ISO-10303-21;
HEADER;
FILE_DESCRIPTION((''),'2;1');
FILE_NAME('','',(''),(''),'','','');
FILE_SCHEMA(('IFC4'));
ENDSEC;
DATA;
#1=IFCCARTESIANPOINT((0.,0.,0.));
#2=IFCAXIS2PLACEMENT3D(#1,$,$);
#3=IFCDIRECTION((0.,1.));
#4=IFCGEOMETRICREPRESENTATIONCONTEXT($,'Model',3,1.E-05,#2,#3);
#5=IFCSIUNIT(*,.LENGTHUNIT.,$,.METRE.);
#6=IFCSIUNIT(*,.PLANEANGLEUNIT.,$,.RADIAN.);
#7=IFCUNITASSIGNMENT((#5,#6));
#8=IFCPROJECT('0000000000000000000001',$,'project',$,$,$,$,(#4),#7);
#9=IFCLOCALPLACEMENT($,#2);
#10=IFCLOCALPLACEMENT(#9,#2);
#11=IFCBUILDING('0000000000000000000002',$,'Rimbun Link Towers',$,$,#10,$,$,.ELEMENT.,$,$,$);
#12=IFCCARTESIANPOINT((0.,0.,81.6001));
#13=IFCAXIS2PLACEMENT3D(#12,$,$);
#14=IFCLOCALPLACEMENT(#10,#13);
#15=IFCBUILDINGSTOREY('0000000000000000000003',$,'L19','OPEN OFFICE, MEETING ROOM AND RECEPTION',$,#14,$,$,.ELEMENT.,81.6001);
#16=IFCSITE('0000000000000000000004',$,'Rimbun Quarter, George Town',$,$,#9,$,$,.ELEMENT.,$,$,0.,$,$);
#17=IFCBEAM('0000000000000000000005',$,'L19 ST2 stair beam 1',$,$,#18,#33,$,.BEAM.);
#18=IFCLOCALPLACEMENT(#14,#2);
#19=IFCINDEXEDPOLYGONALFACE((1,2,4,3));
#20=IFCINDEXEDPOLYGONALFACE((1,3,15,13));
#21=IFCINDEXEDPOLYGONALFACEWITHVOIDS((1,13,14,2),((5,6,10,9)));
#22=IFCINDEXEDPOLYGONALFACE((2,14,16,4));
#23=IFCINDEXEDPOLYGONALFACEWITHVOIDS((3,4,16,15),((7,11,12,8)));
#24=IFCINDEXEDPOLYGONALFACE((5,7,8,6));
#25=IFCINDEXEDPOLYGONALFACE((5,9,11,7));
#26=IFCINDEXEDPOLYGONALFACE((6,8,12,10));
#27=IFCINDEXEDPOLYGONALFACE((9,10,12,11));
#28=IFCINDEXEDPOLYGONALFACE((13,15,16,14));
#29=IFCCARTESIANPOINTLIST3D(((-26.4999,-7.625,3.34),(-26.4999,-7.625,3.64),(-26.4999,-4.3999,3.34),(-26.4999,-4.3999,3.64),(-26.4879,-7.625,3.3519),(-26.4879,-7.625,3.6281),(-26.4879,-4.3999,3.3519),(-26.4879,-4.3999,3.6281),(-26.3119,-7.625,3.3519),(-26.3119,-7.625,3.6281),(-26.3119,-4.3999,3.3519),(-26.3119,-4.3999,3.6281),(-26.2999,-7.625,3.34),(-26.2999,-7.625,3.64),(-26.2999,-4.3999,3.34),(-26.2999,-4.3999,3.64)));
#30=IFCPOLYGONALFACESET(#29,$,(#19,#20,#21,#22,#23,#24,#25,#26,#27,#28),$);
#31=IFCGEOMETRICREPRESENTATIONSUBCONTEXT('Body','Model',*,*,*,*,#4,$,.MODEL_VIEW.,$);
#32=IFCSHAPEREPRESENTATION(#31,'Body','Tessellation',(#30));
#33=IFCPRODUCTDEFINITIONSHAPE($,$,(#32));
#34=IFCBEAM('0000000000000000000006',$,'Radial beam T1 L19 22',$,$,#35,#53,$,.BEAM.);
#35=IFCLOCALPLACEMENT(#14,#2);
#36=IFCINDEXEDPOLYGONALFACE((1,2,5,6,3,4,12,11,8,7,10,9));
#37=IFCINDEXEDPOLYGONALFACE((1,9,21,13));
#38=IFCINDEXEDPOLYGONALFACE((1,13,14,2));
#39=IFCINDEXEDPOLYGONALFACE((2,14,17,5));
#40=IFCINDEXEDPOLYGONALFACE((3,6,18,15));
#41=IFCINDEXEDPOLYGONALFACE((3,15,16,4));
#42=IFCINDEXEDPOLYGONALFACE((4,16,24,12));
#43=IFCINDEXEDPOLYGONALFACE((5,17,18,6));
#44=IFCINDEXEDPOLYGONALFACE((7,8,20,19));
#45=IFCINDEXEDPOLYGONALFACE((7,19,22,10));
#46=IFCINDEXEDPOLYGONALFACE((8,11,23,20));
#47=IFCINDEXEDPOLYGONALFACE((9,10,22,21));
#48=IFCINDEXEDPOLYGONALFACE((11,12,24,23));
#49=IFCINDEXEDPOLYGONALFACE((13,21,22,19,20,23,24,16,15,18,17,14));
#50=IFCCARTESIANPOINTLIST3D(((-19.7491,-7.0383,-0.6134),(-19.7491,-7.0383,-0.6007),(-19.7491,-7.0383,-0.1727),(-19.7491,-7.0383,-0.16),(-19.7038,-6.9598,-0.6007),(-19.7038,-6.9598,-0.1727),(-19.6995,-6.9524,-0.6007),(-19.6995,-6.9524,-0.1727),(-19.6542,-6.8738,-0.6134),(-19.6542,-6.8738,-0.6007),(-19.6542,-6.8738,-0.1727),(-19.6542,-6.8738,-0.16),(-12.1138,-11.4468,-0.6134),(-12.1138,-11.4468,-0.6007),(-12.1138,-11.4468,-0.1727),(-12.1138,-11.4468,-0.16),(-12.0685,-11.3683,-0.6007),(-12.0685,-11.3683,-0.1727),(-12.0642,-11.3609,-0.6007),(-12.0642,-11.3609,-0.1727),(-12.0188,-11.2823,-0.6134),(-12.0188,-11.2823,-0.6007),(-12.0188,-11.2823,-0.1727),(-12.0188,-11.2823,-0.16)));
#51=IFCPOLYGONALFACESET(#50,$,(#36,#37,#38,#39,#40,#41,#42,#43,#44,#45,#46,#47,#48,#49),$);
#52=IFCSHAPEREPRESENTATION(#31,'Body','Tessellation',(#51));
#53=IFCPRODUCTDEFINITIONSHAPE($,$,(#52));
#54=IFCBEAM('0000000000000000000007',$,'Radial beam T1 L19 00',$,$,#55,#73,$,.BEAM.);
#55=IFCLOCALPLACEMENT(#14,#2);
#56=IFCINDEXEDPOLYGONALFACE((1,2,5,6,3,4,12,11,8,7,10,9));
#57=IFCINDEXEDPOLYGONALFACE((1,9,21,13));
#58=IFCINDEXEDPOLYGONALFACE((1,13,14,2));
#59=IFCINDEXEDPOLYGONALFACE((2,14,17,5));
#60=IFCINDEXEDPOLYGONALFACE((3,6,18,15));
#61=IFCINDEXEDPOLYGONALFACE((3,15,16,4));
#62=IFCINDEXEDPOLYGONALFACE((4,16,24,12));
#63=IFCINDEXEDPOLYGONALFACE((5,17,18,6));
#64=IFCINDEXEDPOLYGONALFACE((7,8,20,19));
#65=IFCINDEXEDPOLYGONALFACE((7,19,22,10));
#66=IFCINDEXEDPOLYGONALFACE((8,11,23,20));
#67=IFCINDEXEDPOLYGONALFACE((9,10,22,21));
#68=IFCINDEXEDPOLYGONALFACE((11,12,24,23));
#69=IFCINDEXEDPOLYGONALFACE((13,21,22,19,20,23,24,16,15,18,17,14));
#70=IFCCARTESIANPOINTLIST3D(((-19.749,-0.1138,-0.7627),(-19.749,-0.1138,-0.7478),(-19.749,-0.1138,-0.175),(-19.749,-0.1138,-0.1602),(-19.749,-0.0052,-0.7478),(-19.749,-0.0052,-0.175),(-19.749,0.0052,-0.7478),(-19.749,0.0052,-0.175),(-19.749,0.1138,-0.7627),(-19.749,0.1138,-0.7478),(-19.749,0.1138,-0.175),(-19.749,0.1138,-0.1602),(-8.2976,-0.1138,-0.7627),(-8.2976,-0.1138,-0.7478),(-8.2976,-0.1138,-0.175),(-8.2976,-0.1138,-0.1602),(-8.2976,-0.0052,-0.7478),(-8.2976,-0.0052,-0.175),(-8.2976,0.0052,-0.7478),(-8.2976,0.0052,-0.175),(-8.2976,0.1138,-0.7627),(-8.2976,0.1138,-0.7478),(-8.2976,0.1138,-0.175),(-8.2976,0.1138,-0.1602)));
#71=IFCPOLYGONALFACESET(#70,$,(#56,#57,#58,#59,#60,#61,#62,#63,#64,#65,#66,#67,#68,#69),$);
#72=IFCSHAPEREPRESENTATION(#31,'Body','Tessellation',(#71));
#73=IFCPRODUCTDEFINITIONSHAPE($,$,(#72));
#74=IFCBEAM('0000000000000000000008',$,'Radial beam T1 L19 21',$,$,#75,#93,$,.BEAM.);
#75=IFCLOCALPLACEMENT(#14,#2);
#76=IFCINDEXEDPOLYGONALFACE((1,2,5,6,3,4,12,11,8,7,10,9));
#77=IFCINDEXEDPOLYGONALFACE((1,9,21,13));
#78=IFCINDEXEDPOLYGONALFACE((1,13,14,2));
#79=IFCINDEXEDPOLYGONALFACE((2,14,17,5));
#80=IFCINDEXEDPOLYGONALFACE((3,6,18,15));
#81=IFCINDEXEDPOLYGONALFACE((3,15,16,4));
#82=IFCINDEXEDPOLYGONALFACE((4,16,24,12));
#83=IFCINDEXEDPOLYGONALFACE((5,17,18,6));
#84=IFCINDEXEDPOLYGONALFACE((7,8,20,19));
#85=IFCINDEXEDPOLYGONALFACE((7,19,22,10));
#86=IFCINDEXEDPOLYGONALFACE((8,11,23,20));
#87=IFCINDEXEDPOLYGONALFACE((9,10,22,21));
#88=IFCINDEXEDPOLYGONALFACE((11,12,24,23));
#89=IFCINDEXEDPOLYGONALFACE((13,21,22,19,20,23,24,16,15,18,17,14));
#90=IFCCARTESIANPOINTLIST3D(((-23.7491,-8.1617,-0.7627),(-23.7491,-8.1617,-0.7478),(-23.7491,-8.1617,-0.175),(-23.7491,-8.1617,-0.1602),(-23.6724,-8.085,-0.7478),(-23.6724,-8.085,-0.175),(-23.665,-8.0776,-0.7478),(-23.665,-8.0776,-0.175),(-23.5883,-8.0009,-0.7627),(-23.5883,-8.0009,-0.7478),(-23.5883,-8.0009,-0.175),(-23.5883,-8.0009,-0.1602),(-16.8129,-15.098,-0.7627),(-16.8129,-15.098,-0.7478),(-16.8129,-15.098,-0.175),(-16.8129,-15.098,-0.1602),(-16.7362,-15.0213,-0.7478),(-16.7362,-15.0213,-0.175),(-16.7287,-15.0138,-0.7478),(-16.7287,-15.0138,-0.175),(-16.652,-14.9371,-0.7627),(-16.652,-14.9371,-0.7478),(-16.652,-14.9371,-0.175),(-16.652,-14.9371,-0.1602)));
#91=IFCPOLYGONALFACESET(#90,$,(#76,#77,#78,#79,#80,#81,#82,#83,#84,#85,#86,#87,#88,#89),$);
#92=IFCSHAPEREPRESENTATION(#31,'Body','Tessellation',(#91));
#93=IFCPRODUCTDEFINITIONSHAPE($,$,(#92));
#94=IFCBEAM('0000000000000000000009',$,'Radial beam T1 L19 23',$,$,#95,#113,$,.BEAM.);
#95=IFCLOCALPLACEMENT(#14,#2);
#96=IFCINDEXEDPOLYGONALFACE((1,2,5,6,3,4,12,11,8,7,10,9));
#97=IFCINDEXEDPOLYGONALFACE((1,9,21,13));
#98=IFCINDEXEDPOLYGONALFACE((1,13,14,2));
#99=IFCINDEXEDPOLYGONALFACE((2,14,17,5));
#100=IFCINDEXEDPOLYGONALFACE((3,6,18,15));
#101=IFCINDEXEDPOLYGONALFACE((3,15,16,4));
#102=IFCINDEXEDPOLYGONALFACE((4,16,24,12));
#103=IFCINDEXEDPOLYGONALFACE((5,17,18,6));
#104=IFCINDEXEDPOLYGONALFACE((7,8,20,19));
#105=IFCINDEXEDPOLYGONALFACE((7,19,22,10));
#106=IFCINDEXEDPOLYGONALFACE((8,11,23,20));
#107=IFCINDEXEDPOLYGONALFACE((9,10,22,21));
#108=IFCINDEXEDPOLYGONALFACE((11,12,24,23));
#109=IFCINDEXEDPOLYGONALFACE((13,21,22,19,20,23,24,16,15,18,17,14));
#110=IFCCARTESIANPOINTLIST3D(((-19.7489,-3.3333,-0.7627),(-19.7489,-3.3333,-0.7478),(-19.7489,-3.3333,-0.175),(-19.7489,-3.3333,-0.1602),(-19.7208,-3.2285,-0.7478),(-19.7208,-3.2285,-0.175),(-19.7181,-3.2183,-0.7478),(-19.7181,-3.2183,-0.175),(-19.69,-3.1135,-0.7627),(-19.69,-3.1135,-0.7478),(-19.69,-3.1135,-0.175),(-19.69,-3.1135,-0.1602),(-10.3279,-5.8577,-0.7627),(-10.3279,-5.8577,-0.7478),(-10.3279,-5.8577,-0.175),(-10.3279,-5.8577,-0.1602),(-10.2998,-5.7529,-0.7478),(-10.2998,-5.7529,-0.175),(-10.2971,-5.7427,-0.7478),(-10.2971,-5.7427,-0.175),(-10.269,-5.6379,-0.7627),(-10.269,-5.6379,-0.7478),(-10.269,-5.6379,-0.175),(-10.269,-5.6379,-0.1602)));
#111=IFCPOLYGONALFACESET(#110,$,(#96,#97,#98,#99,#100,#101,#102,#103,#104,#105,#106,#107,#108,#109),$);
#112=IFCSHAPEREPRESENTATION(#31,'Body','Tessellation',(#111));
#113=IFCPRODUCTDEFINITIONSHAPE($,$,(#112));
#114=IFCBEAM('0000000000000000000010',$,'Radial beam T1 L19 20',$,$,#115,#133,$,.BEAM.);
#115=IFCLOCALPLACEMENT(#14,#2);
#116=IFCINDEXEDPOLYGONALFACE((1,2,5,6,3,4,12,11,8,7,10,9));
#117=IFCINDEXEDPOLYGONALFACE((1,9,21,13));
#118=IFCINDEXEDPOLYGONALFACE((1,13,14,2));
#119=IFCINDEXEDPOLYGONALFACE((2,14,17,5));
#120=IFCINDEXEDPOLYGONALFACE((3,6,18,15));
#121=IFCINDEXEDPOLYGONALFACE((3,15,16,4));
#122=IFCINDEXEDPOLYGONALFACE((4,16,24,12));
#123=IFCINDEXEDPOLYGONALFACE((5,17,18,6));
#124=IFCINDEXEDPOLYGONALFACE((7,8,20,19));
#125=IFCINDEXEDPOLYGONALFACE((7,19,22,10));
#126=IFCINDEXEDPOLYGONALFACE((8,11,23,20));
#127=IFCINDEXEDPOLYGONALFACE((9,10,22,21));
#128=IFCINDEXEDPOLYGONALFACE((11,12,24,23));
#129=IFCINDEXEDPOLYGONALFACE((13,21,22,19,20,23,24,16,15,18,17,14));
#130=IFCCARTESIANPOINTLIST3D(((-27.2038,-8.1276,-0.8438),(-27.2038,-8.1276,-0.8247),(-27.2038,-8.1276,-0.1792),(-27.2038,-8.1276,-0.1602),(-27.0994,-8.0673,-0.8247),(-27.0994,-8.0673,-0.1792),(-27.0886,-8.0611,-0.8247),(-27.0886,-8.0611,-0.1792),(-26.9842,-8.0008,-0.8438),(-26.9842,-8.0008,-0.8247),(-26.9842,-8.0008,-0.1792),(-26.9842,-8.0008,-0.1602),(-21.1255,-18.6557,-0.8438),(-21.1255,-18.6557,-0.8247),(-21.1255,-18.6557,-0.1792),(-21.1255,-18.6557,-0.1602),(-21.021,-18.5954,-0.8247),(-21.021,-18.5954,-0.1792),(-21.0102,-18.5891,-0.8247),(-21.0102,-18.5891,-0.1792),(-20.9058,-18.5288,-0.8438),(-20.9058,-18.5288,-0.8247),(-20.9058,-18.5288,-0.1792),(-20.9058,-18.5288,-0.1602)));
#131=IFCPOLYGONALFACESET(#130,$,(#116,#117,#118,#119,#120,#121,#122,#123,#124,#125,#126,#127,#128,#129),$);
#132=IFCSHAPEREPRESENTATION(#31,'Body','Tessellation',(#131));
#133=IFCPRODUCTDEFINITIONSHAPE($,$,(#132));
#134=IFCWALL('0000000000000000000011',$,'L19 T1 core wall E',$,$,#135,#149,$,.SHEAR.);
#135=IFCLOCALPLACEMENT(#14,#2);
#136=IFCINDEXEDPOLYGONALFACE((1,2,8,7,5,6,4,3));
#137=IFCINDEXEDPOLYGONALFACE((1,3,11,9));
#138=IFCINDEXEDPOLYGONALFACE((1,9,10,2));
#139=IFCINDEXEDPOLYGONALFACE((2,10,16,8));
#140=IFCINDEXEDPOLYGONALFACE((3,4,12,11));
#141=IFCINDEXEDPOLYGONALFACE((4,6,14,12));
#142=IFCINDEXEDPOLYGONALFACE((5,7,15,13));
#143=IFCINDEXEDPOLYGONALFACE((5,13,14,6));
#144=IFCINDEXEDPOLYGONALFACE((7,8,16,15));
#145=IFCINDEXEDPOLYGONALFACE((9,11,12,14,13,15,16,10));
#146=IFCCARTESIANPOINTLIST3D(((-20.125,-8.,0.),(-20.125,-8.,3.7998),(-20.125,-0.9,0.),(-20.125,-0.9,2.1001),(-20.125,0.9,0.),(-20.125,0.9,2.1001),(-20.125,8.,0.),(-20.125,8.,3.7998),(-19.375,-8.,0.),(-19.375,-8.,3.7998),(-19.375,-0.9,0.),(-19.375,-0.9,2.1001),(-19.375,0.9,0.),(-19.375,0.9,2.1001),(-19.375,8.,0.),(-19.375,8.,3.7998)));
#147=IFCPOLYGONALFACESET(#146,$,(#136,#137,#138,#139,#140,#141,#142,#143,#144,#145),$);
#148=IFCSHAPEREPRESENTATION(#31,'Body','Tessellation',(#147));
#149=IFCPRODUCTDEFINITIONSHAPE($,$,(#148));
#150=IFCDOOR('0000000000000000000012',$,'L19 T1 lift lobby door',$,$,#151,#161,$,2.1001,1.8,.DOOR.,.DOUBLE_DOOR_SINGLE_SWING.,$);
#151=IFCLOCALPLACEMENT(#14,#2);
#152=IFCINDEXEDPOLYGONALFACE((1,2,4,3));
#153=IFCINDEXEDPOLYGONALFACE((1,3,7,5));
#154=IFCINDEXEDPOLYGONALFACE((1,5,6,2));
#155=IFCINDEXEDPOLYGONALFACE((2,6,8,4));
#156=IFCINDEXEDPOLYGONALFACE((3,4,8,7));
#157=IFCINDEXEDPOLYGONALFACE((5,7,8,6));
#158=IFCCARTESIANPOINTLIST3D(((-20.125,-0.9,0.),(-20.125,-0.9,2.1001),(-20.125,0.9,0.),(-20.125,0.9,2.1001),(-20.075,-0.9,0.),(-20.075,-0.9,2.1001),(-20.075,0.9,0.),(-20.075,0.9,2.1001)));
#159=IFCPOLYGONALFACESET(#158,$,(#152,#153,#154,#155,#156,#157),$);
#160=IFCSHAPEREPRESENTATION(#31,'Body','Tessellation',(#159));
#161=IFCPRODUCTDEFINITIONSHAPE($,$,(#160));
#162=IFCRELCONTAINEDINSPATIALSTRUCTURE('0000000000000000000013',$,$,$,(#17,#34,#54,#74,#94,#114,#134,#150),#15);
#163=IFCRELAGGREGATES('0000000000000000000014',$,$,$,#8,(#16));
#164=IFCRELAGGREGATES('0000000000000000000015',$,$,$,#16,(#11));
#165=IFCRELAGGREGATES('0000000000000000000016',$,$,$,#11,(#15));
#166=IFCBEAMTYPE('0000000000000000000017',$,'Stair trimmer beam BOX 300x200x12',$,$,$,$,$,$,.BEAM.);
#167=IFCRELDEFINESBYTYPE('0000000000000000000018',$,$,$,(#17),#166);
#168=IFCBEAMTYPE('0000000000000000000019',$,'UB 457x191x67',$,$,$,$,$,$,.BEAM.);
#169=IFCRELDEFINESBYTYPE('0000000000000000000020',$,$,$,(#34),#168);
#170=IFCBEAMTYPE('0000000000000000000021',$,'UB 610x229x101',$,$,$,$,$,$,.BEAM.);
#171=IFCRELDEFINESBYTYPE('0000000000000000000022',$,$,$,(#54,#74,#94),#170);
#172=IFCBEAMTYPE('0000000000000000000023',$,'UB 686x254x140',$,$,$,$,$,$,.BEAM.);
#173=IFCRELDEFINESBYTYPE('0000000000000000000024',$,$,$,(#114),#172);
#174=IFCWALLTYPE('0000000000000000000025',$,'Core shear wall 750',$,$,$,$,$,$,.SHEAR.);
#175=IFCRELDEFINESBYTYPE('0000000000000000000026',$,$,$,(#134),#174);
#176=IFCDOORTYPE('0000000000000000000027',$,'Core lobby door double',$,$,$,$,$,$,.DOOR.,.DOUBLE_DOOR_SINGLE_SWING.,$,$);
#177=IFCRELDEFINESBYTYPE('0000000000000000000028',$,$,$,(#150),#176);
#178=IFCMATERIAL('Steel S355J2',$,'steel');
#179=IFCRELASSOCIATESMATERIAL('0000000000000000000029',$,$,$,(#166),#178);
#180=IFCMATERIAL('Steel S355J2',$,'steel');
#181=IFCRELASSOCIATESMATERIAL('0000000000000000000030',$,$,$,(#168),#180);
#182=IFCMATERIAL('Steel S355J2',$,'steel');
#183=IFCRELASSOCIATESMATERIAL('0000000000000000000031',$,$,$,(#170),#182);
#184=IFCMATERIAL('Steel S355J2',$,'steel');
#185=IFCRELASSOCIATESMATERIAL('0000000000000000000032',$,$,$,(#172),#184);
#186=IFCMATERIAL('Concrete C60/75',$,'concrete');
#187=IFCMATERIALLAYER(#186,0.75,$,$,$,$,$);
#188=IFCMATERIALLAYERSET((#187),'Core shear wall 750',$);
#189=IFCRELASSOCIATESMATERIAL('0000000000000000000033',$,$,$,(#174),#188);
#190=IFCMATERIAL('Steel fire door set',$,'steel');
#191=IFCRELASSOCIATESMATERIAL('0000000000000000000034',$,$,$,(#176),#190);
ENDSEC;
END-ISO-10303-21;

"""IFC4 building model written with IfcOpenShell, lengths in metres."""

from ifc_helpers import new_model, si_unit, direction, frame, frame_2d, origin, origin_2d, place, context, subcontext, project, spatial, rectangle, hollow_rectangle, i_section, extrude, material, layer, layer_set, material_profile, profile_set, type_object, element, fill, save


model = new_model("IFC4")

# Units and contexts
model_context = context("Model", 3, precision=1e-05, world=origin(), true_north=direction((0.0, 1.0)))
body_context = subcontext(model_context, "Body", "Model", "MODEL_VIEW")
ifc_project = project(units=[si_unit("LENGTHUNIT", "METRE"), si_unit("PLANEANGLEUNIT", "RADIAN")], contexts=[model_context])

# Site, building, storey
site_placement = place(None, origin())
site = spatial("IfcSite", under=ifc_project, at=site_placement, Name="Rimbun Quarter, George Town", CompositionType="ELEMENT", RefElevation=0.0)
building_placement = place(site_placement, origin())
building = spatial("IfcBuilding", under=site, at=building_placement, Name="Rimbun Link Towers", CompositionType="ELEMENT")
storey_placement = place(building_placement, frame((0.0, 0.0, 81.6001)))
storey = spatial("IfcBuildingStorey", under=building, at=storey_placement, Name="L19", Description="OPEN OFFICE, MEETING ROOM AND RECEPTION", CompositionType="ELEMENT", Elevation=81.6001)

# Beams
ifc_material_1 = material(Name="Steel S355J2", Category="steel")
ifc_material_profile_1 = material_profile(ifc_material_1, hollow_rectangle(XDim=0.2, YDim=0.3, WallThickness=0.012, at=origin_2d()), Name="BOX 300x200x12")
ifc_profile_set_1 = profile_set([ifc_material_profile_1], Name="Steel S355J2")
beam_type_1 = type_object("IfcBeamType", Name="Stair trimmer beam BOX 300x200x12", PredefinedType="BEAM", material=ifc_profile_set_1)
beam_1_placement = place(storey_placement, frame((-26.3999, -7.625, 3.49), z_axis=(0.0, 1.0, 0.0), x_axis=(-1.0, 0.0, 0.0)))
element("IfcBeam", 1, at=beam_1_placement, inside=storey, type_object=beam_type_1, Name="L19 ST2 stair beam 1", PredefinedType="BEAM", context=body_context, shape_type="SweptSolid", body=[
    extrude(hollow_rectangle(XDim=0.2, YDim=0.3, WallThickness=0.012, at=origin_2d()), origin(), (0.0, 0.0, 1.0), 3.2251),
])
ifc_material_2 = material(Name="Steel S355J2", Category="steel")
ifc_material_profile_2 = material_profile(ifc_material_2, i_section(OverallWidth=0.1899, OverallDepth=0.4534, WebThickness=0.0085, FlangeThickness=0.0127, at=origin_2d()), Name="UB 457x191x67")
ifc_profile_set_2 = profile_set([ifc_material_profile_2], Name="Steel S355J2")
beam_type_2 = type_object("IfcBeamType", Name="UB 457x191x67", PredefinedType="BEAM", material=ifc_profile_set_2)
beam_2_placement = place(storey_placement, frame((-19.7017, -6.9561, -0.3867), z_axis=(0.866014, -0.50002, 0.0), x_axis=(0.50002, 0.866014, 0.0)))
element("IfcBeam", 2, at=beam_2_placement, inside=storey, type_object=beam_type_2, Name="Radial beam T1 L19 22", PredefinedType="BEAM", context=body_context, shape_type="SweptSolid", body=[
    extrude(i_section(OverallWidth=0.1899, OverallDepth=0.4534, WebThickness=0.0085, FlangeThickness=0.0127, at=origin_2d()), origin(), (0.0, 0.0, 1.0), 8.8167),
])
ifc_material_3 = material(Name="Steel S355J2", Category="steel")
ifc_material_profile_3 = material_profile(ifc_material_3, i_section(OverallWidth=0.2275, OverallDepth=0.6025, WebThickness=0.0105, FlangeThickness=0.0149, at=origin_2d()), Name="UB 610x229x101")
ifc_profile_set_3 = profile_set([ifc_material_profile_3], Name="Steel S355J2")
beam_type_3 = type_object("IfcBeamType", Name="UB 610x229x101", PredefinedType="BEAM", material=ifc_profile_set_3)
beam_3_placement = place(storey_placement, frame((-19.749, 0.0, -0.4614), z_axis=(1.0, 0.0, 0.0), x_axis=(0.0, 1.0, 0.0)))
element("IfcBeam", 3, at=beam_3_placement, inside=storey, type_object=beam_type_3, Name="Radial beam T1 L19 00", PredefinedType="BEAM", context=body_context, shape_type="SweptSolid", body=[
    extrude(i_section(OverallWidth=0.2275, OverallDepth=0.6025, WebThickness=0.0105, FlangeThickness=0.0149, at=origin_2d()), origin(), (0.0, 0.0, 1.0), 11.4514),
])
beam_4_placement = place(storey_placement, frame((-23.6687, -8.0813, -0.4614), z_axis=(0.707107, -0.707107, 0.0), x_axis=(0.707107, 0.707107, 0.0)))
element("IfcBeam", 4, at=beam_4_placement, inside=storey, type_object=beam_type_3, Name="Radial beam T1 L19 21", PredefinedType="BEAM", context=body_context, shape_type="SweptSolid", body=[
    extrude(i_section(OverallWidth=0.2275, OverallDepth=0.6025, WebThickness=0.0105, FlangeThickness=0.0149, at=origin_2d()), origin(), (0.0, 0.0, 1.0), 9.8093),
])
beam_5_placement = place(storey_placement, frame((-19.7195, -3.2234, -0.4614), z_axis=(0.965925, -0.258822, 0.0), x_axis=(0.258822, 0.965925, 0.0)))
element("IfcBeam", 5, at=beam_5_placement, inside=storey, type_object=beam_type_3, Name="Radial beam T1 L19 23", PredefinedType="BEAM", context=body_context, shape_type="SweptSolid", body=[
    extrude(i_section(OverallWidth=0.2275, OverallDepth=0.6025, WebThickness=0.0105, FlangeThickness=0.0149, at=origin_2d()), origin(), (0.0, 0.0, 1.0), 9.7534),
])
ifc_material_4 = material(Name="Steel S355J2", Category="steel")
ifc_material_profile_4 = material_profile(ifc_material_4, i_section(OverallWidth=0.2537, OverallDepth=0.6836, WebThickness=0.0125, FlangeThickness=0.019, at=origin_2d()), Name="UB 686x254x140")
ifc_profile_set_4 = profile_set([ifc_material_profile_4], Name="Steel S355J2")
beam_type_4 = type_object("IfcBeamType", Name="UB 686x254x140", PredefinedType="BEAM", material=ifc_profile_set_4)
beam_6_placement = place(storey_placement, frame((-27.094, -8.0642, -0.502), z_axis=(0.499999, -0.866026, 0.0), x_axis=(0.866026, 0.499999, 0.0)))
element("IfcBeam", 6, at=beam_6_placement, inside=storey, type_object=beam_type_4, Name="Radial beam T1 L19 20", PredefinedType="BEAM", context=body_context, shape_type="SweptSolid", body=[
    extrude(i_section(OverallWidth=0.2537, OverallDepth=0.6836, WebThickness=0.0125, FlangeThickness=0.019, at=origin_2d()), origin(), (0.0, 0.0, 1.0), 12.1567),
])

# Wall, opening, door
ifc_material_5 = material(Name="Concrete C60/75", Category="concrete")
ifc_layer_1 = layer(ifc_material_5, 0.75)
ifc_layer_set_1 = layer_set([ifc_layer_1], Name="Core shear wall 750")
wall_type_1 = type_object("IfcWallType", Name="Core shear wall 750", PredefinedType="SHEAR", material=ifc_layer_set_1)
wall_1_placement = place(storey_placement, frame((-19.75, -8.0, 0.0), z_axis=(0.0, 0.0, 1.0), x_axis=(0.0, 1.0, 0.0)))
wall_1 = element("IfcWall", 7, at=wall_1_placement, inside=storey, type_object=wall_type_1, Name="L19 T1 core wall E", PredefinedType="SHEAR", context=body_context, shape_type="SweptSolid", body=[
    extrude(rectangle(XDim=16.0, YDim=0.75, at=frame_2d((8.0, 0.0))), origin(), (0.0, 0.0, 1.0), 3.7998),
])
opening_1_placement = place(wall_1_placement, frame((7.1001, 0.0, 0.0)))
opening_1 = element("IfcOpeningElement", 8, at=opening_1_placement, cuts=wall_1, PredefinedType="OPENING", context=body_context, shape_type="SweptSolid", body=[
    extrude(rectangle(XDim=1.8, YDim=2.1001, at=frame_2d((0.8999, 1.05))), frame((0.0, 0.385, 0.0), z_axis=(0.0, -1.0, 0.0), x_axis=(1.0, 0.0, 0.0)), (0.0, 0.0, 1.0), 0.77),
])
ifc_material_6 = material(Name="Steel fire door set", Category="steel")
door_type_1 = type_object("IfcDoorType", Name="Core lobby door double", OperationType="DOUBLE_DOOR_SINGLE_SWING", PredefinedType="DOOR", material=ifc_material_6)
door_1_placement = place(opening_1_placement, origin())
door_1 = element("IfcDoor", 9, at=door_1_placement, inside=storey, type_object=door_type_1, Name="L19 T1 lift lobby door", OperationType="DOUBLE_DOOR_SINGLE_SWING", OverallHeight=2.1001, OverallWidth=1.8, PredefinedType="DOOR", context=body_context, shape_type="SweptSolid", body=[
    extrude(rectangle(XDim=1.8, YDim=2.1001, at=frame_2d((0.8999, 1.05))), frame((0.0, 0.375, 0.0), z_axis=(0.0, -1.0, 0.0), x_axis=(1.0, 0.0, 0.0)), (0.0, 0.0, 1.0), 0.05),
])
fill(opening_1, door_1)

save(model, "model.ifc")
